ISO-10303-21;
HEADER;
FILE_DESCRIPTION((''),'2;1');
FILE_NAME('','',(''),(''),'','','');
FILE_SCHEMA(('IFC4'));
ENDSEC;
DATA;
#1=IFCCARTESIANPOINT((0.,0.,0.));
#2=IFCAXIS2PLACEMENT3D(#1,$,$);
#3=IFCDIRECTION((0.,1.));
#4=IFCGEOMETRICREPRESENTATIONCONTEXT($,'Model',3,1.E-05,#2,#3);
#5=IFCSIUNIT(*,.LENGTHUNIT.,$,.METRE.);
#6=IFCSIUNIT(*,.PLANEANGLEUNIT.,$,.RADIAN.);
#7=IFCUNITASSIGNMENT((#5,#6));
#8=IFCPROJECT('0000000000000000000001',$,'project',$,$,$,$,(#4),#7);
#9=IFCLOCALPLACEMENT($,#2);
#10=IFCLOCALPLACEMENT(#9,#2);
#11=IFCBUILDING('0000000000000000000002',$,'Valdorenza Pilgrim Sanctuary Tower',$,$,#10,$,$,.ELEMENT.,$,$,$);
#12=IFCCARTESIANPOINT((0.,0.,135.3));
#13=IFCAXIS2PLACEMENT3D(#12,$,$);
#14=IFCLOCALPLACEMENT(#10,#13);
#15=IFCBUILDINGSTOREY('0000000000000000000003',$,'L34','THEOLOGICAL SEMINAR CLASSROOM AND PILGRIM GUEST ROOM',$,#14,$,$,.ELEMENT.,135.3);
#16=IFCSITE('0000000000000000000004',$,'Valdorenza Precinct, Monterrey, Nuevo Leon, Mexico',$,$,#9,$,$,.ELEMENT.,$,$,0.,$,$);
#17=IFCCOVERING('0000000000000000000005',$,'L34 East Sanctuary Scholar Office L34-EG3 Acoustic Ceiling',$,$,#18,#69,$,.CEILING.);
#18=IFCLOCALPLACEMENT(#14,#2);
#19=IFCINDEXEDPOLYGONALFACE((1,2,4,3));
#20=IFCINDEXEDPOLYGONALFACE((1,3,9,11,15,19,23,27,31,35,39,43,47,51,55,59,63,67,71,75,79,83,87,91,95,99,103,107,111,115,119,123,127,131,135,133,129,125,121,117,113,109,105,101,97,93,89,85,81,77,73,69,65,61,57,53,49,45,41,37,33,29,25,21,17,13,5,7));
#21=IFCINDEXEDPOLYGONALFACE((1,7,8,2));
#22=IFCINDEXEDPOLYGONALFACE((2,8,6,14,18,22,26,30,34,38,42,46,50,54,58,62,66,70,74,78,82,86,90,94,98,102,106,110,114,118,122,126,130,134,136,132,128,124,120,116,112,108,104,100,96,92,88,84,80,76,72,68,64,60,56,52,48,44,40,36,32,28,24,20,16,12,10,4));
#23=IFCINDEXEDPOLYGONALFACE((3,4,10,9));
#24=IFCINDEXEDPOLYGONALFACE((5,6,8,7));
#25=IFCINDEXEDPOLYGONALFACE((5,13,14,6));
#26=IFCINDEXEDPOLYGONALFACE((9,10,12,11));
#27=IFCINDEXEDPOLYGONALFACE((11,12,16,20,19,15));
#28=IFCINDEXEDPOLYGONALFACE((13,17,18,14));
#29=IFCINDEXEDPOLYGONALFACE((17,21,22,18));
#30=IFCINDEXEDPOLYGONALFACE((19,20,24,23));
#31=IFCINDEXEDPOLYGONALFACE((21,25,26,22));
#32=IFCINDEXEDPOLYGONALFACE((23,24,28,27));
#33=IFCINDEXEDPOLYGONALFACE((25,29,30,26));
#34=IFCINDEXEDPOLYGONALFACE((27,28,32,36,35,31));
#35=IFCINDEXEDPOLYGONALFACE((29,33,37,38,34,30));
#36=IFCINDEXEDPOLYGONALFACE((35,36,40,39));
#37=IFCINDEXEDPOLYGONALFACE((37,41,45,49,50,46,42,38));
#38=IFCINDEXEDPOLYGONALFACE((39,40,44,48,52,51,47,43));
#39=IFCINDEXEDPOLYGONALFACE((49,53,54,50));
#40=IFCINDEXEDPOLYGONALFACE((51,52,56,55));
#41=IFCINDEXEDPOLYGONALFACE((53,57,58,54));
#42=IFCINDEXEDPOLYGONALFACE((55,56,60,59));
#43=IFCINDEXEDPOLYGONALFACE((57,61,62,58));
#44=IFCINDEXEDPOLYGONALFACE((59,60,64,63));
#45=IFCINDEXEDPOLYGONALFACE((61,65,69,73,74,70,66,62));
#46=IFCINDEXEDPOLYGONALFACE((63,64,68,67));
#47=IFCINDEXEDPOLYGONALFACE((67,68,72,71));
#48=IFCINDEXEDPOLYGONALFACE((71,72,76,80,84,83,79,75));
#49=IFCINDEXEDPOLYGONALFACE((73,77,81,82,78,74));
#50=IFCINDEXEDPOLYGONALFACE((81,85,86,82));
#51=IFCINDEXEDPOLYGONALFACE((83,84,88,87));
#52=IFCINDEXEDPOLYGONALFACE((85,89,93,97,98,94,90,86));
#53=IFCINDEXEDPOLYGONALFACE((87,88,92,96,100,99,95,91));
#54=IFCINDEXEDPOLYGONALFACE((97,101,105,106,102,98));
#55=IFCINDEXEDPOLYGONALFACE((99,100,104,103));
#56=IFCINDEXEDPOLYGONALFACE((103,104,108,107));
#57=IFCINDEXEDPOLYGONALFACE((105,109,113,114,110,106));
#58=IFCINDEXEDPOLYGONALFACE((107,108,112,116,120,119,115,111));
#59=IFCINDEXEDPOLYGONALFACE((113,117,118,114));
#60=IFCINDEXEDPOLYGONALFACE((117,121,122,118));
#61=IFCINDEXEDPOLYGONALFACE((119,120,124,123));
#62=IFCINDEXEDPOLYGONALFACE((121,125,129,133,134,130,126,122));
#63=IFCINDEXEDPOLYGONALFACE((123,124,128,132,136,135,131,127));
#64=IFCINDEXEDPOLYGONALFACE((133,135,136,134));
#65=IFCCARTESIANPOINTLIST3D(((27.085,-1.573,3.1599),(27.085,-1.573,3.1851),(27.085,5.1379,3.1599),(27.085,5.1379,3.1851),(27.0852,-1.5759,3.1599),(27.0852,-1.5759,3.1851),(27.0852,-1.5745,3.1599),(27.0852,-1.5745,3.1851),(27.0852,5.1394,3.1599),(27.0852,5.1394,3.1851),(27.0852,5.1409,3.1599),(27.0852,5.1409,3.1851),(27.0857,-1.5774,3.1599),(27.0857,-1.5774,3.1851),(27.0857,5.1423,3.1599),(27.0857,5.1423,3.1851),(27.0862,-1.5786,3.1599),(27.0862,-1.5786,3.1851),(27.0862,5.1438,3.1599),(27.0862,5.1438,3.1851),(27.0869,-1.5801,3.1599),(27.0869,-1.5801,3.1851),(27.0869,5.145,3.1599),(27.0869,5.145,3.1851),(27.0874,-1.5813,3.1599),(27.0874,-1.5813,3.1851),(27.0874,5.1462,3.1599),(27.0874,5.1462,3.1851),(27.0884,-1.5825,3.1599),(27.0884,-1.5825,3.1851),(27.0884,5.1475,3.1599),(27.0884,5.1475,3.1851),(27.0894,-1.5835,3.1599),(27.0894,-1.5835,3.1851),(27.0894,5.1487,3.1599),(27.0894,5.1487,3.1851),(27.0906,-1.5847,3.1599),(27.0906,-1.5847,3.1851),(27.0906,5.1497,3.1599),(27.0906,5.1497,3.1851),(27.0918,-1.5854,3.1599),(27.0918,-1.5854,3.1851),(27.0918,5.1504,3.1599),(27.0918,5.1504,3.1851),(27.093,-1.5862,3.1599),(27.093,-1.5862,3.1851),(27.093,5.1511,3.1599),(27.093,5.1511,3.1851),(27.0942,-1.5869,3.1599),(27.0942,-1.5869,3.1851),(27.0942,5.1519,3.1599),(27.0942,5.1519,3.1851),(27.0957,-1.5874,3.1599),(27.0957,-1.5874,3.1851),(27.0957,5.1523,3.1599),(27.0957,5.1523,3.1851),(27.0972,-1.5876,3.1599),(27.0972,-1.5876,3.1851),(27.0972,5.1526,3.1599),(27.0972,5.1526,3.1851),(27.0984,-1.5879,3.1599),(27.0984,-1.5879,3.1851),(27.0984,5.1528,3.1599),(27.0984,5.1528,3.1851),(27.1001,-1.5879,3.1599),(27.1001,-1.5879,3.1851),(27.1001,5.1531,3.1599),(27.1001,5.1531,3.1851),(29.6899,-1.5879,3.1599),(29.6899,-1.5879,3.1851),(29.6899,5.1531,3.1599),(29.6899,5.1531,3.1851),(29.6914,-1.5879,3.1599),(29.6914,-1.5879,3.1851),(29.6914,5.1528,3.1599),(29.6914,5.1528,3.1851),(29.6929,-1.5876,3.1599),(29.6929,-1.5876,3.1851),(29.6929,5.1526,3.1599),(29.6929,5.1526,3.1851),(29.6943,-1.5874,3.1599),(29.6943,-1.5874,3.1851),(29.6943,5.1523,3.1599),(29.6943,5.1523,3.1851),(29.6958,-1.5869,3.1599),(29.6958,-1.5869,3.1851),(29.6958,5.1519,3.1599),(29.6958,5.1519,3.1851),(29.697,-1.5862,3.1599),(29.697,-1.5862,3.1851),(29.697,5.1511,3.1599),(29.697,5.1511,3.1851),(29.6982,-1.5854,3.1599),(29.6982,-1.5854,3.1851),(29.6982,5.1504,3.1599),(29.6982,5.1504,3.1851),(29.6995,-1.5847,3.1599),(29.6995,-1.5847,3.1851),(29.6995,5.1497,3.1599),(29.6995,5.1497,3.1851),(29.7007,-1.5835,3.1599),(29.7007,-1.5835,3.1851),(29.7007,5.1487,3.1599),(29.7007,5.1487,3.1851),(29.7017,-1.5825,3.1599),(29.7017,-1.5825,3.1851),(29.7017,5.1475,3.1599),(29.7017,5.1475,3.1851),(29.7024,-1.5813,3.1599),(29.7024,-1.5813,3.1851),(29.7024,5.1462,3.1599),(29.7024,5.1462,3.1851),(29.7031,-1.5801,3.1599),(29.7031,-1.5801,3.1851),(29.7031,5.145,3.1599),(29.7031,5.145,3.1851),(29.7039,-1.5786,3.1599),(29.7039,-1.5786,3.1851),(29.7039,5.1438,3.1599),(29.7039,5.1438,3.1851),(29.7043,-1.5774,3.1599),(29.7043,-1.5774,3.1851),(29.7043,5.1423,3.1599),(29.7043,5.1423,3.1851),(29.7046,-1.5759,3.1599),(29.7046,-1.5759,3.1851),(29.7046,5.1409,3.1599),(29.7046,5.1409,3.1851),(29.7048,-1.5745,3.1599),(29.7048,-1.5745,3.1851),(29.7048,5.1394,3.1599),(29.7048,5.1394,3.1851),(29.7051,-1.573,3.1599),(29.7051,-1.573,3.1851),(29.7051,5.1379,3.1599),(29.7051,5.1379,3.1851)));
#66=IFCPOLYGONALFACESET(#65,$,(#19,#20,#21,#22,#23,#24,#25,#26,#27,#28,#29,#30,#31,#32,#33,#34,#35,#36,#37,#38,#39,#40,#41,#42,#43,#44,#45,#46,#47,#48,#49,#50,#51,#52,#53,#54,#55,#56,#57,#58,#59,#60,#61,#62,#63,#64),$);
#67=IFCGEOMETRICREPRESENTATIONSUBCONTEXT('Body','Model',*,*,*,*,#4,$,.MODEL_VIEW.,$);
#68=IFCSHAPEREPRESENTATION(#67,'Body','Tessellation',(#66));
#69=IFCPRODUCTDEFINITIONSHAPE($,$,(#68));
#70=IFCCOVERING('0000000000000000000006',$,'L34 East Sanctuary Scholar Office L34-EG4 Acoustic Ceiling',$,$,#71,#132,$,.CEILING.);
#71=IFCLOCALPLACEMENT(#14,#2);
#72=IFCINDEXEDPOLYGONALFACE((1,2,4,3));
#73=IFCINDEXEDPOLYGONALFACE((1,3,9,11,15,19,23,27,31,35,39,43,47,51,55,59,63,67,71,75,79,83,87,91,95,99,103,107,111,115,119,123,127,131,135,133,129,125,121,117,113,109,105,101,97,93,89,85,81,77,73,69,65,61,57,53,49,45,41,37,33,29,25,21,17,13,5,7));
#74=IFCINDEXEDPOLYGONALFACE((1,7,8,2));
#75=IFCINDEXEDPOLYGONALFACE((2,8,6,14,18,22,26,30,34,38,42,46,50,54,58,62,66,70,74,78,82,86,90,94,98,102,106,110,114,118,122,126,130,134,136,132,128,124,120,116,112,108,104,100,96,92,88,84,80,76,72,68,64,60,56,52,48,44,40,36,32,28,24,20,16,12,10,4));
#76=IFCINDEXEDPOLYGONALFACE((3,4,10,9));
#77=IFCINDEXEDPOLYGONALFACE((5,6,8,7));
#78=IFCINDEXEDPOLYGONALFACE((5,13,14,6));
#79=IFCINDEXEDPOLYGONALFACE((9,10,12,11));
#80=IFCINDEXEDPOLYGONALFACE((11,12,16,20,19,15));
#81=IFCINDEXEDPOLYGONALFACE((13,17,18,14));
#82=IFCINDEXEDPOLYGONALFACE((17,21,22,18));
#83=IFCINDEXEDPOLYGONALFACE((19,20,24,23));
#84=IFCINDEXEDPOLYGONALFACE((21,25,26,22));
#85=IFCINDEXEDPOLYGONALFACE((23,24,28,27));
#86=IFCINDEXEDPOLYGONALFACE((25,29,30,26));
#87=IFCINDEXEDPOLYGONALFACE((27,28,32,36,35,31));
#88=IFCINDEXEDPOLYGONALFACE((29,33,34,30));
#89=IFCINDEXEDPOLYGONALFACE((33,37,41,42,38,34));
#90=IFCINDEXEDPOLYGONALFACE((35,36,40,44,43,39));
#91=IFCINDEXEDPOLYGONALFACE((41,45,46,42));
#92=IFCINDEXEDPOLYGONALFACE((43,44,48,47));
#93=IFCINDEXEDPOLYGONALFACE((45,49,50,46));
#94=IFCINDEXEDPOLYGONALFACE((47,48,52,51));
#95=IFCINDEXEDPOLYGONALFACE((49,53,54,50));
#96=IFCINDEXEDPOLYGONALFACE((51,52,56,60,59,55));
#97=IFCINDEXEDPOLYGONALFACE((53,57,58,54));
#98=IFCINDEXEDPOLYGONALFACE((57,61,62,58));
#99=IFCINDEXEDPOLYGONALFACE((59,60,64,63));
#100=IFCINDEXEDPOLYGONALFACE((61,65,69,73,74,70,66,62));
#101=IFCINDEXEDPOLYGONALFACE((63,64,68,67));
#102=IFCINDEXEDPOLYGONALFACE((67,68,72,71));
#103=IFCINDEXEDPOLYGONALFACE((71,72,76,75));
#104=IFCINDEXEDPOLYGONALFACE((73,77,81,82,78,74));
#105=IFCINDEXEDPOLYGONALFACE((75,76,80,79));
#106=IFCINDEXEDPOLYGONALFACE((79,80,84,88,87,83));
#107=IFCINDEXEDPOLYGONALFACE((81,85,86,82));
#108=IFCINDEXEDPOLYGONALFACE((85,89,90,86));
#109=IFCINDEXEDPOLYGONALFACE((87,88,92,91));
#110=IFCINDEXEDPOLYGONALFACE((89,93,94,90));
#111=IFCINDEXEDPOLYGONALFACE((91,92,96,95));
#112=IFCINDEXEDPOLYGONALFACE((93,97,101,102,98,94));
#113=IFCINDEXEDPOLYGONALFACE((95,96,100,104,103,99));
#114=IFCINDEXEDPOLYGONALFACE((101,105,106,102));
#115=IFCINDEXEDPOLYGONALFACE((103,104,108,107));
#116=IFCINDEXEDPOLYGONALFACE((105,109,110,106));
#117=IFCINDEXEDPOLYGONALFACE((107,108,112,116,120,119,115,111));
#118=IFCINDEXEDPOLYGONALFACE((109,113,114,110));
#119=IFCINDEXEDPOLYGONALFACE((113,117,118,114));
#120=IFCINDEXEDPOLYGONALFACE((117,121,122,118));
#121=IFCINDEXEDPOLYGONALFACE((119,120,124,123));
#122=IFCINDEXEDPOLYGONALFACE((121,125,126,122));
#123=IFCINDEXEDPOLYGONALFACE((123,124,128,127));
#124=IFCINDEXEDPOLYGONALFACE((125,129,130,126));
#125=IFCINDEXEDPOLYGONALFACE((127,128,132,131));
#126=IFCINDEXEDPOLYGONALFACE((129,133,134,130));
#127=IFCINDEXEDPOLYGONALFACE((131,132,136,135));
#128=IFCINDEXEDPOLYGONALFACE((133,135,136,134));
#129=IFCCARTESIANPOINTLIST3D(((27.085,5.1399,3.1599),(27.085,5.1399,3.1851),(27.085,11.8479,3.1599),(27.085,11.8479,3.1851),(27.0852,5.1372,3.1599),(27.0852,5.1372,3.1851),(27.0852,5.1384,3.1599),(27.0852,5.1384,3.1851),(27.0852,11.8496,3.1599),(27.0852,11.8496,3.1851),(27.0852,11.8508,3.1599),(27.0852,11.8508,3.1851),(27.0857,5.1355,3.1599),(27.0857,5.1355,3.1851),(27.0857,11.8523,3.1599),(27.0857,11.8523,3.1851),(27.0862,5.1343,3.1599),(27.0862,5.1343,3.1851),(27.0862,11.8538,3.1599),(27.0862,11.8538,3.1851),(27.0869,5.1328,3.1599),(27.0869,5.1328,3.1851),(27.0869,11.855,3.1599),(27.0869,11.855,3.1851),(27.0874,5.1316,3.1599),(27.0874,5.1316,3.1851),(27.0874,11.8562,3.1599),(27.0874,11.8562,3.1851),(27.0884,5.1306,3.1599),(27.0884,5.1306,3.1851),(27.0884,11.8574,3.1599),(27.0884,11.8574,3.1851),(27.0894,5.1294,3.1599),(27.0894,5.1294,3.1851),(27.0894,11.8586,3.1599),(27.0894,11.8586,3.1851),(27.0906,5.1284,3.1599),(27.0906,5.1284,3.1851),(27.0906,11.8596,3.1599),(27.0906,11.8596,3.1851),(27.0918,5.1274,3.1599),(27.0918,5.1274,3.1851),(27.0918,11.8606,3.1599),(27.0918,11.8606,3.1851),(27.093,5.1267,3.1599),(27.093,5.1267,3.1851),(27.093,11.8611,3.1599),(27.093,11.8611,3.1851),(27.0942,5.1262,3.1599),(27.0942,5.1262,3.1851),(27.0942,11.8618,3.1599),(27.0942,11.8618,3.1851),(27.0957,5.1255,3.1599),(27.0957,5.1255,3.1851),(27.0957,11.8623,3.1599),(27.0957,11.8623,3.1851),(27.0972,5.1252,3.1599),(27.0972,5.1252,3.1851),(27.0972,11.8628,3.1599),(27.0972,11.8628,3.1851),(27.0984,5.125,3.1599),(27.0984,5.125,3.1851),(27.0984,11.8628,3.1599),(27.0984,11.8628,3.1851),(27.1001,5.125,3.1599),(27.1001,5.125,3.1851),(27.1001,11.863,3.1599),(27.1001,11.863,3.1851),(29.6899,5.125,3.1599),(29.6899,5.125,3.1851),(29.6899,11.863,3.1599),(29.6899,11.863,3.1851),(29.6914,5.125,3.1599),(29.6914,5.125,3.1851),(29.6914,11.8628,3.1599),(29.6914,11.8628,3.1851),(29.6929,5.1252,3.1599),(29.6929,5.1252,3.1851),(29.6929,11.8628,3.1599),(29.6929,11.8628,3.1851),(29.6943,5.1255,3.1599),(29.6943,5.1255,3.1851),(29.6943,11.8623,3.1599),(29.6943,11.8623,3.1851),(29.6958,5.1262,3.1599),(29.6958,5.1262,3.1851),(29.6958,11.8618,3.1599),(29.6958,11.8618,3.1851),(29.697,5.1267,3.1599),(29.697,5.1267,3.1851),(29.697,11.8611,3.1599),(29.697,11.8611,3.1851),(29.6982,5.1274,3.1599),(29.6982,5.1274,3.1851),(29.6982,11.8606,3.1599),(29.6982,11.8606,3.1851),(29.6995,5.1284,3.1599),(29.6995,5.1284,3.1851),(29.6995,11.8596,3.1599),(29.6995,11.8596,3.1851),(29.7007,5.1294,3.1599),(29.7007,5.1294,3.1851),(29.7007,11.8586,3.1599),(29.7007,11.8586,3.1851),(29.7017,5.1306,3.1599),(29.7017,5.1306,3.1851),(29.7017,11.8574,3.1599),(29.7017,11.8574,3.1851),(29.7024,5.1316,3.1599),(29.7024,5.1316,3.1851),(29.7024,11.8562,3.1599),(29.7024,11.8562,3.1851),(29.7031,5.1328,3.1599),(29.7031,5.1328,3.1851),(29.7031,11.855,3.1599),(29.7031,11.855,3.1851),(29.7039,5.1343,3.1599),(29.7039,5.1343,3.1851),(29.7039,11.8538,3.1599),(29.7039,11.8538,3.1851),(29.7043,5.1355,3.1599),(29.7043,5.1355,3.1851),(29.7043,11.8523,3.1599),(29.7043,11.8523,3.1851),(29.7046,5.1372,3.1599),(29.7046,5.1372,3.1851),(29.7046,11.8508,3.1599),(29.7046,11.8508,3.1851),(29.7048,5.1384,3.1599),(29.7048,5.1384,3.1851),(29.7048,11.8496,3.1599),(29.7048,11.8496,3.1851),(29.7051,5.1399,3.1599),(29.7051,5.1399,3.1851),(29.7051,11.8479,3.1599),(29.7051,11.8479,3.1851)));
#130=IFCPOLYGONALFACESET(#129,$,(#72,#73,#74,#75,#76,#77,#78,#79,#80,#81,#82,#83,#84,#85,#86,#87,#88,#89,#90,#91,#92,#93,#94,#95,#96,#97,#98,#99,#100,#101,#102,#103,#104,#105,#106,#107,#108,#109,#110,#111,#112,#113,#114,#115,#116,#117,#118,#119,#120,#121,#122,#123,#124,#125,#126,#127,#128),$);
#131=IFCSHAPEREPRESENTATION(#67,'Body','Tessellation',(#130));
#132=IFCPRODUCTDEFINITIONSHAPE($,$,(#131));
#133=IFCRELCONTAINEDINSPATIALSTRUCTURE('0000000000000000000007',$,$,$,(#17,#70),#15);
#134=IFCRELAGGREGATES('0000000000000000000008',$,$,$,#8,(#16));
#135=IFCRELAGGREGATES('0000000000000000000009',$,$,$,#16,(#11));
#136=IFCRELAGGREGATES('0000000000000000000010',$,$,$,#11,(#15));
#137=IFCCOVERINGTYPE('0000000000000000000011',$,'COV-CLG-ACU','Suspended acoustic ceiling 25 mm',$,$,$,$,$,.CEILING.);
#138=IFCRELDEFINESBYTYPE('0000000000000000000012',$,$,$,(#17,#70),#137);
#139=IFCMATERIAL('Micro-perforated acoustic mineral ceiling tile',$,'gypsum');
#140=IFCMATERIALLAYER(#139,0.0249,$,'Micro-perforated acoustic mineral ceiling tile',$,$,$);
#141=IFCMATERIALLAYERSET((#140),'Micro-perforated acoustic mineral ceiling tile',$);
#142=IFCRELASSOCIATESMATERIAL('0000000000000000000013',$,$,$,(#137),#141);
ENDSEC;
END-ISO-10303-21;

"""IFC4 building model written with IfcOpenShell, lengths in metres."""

from ifc_helpers import new_model, si_unit, direction, frame, origin, place, context, subcontext, project, spatial, polyline, outline, extrude, material, layer, layer_set, type_object, element, save


model = new_model("IFC4")

# Units and contexts
model_context = context("Model", 3, precision=1e-05, world=origin(), true_north=direction((0.0, 1.0)))
body_context = subcontext(model_context, "Body", "Model", "MODEL_VIEW")
ifc_project = project(units=[si_unit("LENGTHUNIT", "METRE"), si_unit("PLANEANGLEUNIT", "RADIAN")], contexts=[model_context])

# Site, building, storey
site_placement = place(None, origin())
site = spatial("IfcSite", under=ifc_project, at=site_placement, Name="Valdorenza Precinct, Monterrey, Nuevo Leon, Mexico", CompositionType="ELEMENT", RefElevation=0.0)
building_placement = place(site_placement, origin())
building = spatial("IfcBuilding", under=site, at=building_placement, Name="Valdorenza Pilgrim Sanctuary Tower", CompositionType="ELEMENT")
storey_placement = place(building_placement, frame((0.0, 0.0, 135.3)))
storey = spatial("IfcBuildingStorey", under=building, at=storey_placement, Name="L34", Description="THEOLOGICAL SEMINAR CLASSROOM AND PILGRIM GUEST ROOM", CompositionType="ELEMENT", Elevation=135.3)

# Coverings
ifc_material_1 = material(Name="Micro-perforated acoustic mineral ceiling tile", Category="gypsum")
ifc_layer_1 = layer(ifc_material_1, 0.0249, Name="Micro-perforated acoustic mineral ceiling tile")
ifc_layer_set_1 = layer_set([ifc_layer_1], Name="Micro-perforated acoustic mineral ceiling tile")
covering_type_1 = type_object("IfcCoveringType", Name="COV-CLG-ACU", Description="Suspended acoustic ceiling 25 mm", PredefinedType="CEILING", material=ifc_layer_set_1)
covering_1_placement = place(storey_placement, frame((0.0, 0.0, 3.1599)))
element("IfcCovering", 1, at=covering_1_placement, inside=storey, type_object=covering_type_1, Name="L34 East Sanctuary Scholar Office L34-EG3 Acoustic Ceiling", PredefinedType="CEILING", context=body_context, shape_type="SweptSolid", body=[
    extrude(outline(polyline([(27.085, 5.1379), (27.0852, 5.1394), (27.0852, 5.1409), (27.0857, 5.1423), (27.0862, 5.1438), (27.0869, 5.145), (27.0874, 5.1462), (27.0884, 5.1475), (27.0894, 5.1487), (27.0906, 5.1497), (27.0918, 5.1504), (27.093, 5.1511), (27.0942, 5.1519), (27.0957, 5.1523), (27.0972, 5.1526), (27.0984, 5.1528), (27.1001, 5.1531), (29.6899, 5.1531), (29.6914, 5.1528), (29.6929, 5.1526), (29.6943, 5.1523), (29.6958, 5.1519), (29.697, 5.1511), (29.6982, 5.1504), (29.6995, 5.1497), (29.7007, 5.1487), (29.7017, 5.1475), (29.7024, 5.1462), (29.7031, 5.145), (29.7039, 5.1438), (29.7043, 5.1423), (29.7046, 5.1409), (29.7048, 5.1394), (29.7051, 5.1379), (29.7051, -1.573), (29.7048, -1.5745), (29.7046, -1.5759), (29.7043, -1.5774), (29.7039, -1.5786), (29.7031, -1.5801), (29.7024, -1.5813), (29.7017, -1.5825), (29.7007, -1.5835), (29.6995, -1.5847), (29.6982, -1.5854), (29.697, -1.5862), (29.6958, -1.5869), (29.6943, -1.5874), (29.6929, -1.5876), (29.6914, -1.5879), (29.6899, -1.5879), (27.1001, -1.5879), (27.0984, -1.5879), (27.0972, -1.5876), (27.0957, -1.5874), (27.0942, -1.5869), (27.093, -1.5862), (27.0918, -1.5854), (27.0906, -1.5847), (27.0894, -1.5835), (27.0884, -1.5825), (27.0874, -1.5813), (27.0869, -1.5801), (27.0862, -1.5786), (27.0857, -1.5774), (27.0852, -1.5759), (27.0852, -1.5745), (27.085, -1.573), (27.085, 5.1379)])), origin(), (0.0, 0.0, 1.0), 0.0251),
])
covering_2_placement = place(storey_placement, frame((0.0, 0.0, 3.1599)))
element("IfcCovering", 2, at=covering_2_placement, inside=storey, type_object=covering_type_1, Name="L34 East Sanctuary Scholar Office L34-EG4 Acoustic Ceiling", PredefinedType="CEILING", context=body_context, shape_type="SweptSolid", body=[
    extrude(outline(polyline([(27.085, 11.8479), (27.0852, 11.8496), (27.0852, 11.8508), (27.0857, 11.8523), (27.0862, 11.8538), (27.0869, 11.855), (27.0874, 11.8562), (27.0884, 11.8574), (27.0894, 11.8586), (27.0906, 11.8596), (27.0918, 11.8606), (27.093, 11.8611), (27.0942, 11.8618), (27.0957, 11.8623), (27.0972, 11.8628), (27.0984, 11.8628), (27.1001, 11.863), (29.6899, 11.863), (29.6914, 11.8628), (29.6929, 11.8628), (29.6943, 11.8623), (29.6958, 11.8618), (29.697, 11.8611), (29.6982, 11.8606), (29.6995, 11.8596), (29.7007, 11.8586), (29.7017, 11.8574), (29.7024, 11.8562), (29.7031, 11.855), (29.7039, 11.8538), (29.7043, 11.8523), (29.7046, 11.8508), (29.7048, 11.8496), (29.7051, 11.8479), (29.7051, 5.1399), (29.7048, 5.1384), (29.7046, 5.1372), (29.7043, 5.1355), (29.7039, 5.1343), (29.7031, 5.1328), (29.7024, 5.1316), (29.7017, 5.1306), (29.7007, 5.1294), (29.6995, 5.1284), (29.6982, 5.1274), (29.697, 5.1267), (29.6958, 5.1262), (29.6943, 5.1255), (29.6929, 5.1252), (29.6914, 5.125), (29.6899, 5.125), (27.1001, 5.125), (27.0984, 5.125), (27.0972, 5.1252), (27.0957, 5.1255), (27.0942, 5.1262), (27.093, 5.1267), (27.0918, 5.1274), (27.0906, 5.1284), (27.0894, 5.1294), (27.0884, 5.1306), (27.0874, 5.1316), (27.0869, 5.1328), (27.0862, 5.1343), (27.0857, 5.1355), (27.0852, 5.1372), (27.0852, 5.1384), (27.085, 5.1399), (27.085, 11.8479)])), origin(), (0.0, 0.0, 1.0), 0.0251),
])

save(model, "model.ifc")
